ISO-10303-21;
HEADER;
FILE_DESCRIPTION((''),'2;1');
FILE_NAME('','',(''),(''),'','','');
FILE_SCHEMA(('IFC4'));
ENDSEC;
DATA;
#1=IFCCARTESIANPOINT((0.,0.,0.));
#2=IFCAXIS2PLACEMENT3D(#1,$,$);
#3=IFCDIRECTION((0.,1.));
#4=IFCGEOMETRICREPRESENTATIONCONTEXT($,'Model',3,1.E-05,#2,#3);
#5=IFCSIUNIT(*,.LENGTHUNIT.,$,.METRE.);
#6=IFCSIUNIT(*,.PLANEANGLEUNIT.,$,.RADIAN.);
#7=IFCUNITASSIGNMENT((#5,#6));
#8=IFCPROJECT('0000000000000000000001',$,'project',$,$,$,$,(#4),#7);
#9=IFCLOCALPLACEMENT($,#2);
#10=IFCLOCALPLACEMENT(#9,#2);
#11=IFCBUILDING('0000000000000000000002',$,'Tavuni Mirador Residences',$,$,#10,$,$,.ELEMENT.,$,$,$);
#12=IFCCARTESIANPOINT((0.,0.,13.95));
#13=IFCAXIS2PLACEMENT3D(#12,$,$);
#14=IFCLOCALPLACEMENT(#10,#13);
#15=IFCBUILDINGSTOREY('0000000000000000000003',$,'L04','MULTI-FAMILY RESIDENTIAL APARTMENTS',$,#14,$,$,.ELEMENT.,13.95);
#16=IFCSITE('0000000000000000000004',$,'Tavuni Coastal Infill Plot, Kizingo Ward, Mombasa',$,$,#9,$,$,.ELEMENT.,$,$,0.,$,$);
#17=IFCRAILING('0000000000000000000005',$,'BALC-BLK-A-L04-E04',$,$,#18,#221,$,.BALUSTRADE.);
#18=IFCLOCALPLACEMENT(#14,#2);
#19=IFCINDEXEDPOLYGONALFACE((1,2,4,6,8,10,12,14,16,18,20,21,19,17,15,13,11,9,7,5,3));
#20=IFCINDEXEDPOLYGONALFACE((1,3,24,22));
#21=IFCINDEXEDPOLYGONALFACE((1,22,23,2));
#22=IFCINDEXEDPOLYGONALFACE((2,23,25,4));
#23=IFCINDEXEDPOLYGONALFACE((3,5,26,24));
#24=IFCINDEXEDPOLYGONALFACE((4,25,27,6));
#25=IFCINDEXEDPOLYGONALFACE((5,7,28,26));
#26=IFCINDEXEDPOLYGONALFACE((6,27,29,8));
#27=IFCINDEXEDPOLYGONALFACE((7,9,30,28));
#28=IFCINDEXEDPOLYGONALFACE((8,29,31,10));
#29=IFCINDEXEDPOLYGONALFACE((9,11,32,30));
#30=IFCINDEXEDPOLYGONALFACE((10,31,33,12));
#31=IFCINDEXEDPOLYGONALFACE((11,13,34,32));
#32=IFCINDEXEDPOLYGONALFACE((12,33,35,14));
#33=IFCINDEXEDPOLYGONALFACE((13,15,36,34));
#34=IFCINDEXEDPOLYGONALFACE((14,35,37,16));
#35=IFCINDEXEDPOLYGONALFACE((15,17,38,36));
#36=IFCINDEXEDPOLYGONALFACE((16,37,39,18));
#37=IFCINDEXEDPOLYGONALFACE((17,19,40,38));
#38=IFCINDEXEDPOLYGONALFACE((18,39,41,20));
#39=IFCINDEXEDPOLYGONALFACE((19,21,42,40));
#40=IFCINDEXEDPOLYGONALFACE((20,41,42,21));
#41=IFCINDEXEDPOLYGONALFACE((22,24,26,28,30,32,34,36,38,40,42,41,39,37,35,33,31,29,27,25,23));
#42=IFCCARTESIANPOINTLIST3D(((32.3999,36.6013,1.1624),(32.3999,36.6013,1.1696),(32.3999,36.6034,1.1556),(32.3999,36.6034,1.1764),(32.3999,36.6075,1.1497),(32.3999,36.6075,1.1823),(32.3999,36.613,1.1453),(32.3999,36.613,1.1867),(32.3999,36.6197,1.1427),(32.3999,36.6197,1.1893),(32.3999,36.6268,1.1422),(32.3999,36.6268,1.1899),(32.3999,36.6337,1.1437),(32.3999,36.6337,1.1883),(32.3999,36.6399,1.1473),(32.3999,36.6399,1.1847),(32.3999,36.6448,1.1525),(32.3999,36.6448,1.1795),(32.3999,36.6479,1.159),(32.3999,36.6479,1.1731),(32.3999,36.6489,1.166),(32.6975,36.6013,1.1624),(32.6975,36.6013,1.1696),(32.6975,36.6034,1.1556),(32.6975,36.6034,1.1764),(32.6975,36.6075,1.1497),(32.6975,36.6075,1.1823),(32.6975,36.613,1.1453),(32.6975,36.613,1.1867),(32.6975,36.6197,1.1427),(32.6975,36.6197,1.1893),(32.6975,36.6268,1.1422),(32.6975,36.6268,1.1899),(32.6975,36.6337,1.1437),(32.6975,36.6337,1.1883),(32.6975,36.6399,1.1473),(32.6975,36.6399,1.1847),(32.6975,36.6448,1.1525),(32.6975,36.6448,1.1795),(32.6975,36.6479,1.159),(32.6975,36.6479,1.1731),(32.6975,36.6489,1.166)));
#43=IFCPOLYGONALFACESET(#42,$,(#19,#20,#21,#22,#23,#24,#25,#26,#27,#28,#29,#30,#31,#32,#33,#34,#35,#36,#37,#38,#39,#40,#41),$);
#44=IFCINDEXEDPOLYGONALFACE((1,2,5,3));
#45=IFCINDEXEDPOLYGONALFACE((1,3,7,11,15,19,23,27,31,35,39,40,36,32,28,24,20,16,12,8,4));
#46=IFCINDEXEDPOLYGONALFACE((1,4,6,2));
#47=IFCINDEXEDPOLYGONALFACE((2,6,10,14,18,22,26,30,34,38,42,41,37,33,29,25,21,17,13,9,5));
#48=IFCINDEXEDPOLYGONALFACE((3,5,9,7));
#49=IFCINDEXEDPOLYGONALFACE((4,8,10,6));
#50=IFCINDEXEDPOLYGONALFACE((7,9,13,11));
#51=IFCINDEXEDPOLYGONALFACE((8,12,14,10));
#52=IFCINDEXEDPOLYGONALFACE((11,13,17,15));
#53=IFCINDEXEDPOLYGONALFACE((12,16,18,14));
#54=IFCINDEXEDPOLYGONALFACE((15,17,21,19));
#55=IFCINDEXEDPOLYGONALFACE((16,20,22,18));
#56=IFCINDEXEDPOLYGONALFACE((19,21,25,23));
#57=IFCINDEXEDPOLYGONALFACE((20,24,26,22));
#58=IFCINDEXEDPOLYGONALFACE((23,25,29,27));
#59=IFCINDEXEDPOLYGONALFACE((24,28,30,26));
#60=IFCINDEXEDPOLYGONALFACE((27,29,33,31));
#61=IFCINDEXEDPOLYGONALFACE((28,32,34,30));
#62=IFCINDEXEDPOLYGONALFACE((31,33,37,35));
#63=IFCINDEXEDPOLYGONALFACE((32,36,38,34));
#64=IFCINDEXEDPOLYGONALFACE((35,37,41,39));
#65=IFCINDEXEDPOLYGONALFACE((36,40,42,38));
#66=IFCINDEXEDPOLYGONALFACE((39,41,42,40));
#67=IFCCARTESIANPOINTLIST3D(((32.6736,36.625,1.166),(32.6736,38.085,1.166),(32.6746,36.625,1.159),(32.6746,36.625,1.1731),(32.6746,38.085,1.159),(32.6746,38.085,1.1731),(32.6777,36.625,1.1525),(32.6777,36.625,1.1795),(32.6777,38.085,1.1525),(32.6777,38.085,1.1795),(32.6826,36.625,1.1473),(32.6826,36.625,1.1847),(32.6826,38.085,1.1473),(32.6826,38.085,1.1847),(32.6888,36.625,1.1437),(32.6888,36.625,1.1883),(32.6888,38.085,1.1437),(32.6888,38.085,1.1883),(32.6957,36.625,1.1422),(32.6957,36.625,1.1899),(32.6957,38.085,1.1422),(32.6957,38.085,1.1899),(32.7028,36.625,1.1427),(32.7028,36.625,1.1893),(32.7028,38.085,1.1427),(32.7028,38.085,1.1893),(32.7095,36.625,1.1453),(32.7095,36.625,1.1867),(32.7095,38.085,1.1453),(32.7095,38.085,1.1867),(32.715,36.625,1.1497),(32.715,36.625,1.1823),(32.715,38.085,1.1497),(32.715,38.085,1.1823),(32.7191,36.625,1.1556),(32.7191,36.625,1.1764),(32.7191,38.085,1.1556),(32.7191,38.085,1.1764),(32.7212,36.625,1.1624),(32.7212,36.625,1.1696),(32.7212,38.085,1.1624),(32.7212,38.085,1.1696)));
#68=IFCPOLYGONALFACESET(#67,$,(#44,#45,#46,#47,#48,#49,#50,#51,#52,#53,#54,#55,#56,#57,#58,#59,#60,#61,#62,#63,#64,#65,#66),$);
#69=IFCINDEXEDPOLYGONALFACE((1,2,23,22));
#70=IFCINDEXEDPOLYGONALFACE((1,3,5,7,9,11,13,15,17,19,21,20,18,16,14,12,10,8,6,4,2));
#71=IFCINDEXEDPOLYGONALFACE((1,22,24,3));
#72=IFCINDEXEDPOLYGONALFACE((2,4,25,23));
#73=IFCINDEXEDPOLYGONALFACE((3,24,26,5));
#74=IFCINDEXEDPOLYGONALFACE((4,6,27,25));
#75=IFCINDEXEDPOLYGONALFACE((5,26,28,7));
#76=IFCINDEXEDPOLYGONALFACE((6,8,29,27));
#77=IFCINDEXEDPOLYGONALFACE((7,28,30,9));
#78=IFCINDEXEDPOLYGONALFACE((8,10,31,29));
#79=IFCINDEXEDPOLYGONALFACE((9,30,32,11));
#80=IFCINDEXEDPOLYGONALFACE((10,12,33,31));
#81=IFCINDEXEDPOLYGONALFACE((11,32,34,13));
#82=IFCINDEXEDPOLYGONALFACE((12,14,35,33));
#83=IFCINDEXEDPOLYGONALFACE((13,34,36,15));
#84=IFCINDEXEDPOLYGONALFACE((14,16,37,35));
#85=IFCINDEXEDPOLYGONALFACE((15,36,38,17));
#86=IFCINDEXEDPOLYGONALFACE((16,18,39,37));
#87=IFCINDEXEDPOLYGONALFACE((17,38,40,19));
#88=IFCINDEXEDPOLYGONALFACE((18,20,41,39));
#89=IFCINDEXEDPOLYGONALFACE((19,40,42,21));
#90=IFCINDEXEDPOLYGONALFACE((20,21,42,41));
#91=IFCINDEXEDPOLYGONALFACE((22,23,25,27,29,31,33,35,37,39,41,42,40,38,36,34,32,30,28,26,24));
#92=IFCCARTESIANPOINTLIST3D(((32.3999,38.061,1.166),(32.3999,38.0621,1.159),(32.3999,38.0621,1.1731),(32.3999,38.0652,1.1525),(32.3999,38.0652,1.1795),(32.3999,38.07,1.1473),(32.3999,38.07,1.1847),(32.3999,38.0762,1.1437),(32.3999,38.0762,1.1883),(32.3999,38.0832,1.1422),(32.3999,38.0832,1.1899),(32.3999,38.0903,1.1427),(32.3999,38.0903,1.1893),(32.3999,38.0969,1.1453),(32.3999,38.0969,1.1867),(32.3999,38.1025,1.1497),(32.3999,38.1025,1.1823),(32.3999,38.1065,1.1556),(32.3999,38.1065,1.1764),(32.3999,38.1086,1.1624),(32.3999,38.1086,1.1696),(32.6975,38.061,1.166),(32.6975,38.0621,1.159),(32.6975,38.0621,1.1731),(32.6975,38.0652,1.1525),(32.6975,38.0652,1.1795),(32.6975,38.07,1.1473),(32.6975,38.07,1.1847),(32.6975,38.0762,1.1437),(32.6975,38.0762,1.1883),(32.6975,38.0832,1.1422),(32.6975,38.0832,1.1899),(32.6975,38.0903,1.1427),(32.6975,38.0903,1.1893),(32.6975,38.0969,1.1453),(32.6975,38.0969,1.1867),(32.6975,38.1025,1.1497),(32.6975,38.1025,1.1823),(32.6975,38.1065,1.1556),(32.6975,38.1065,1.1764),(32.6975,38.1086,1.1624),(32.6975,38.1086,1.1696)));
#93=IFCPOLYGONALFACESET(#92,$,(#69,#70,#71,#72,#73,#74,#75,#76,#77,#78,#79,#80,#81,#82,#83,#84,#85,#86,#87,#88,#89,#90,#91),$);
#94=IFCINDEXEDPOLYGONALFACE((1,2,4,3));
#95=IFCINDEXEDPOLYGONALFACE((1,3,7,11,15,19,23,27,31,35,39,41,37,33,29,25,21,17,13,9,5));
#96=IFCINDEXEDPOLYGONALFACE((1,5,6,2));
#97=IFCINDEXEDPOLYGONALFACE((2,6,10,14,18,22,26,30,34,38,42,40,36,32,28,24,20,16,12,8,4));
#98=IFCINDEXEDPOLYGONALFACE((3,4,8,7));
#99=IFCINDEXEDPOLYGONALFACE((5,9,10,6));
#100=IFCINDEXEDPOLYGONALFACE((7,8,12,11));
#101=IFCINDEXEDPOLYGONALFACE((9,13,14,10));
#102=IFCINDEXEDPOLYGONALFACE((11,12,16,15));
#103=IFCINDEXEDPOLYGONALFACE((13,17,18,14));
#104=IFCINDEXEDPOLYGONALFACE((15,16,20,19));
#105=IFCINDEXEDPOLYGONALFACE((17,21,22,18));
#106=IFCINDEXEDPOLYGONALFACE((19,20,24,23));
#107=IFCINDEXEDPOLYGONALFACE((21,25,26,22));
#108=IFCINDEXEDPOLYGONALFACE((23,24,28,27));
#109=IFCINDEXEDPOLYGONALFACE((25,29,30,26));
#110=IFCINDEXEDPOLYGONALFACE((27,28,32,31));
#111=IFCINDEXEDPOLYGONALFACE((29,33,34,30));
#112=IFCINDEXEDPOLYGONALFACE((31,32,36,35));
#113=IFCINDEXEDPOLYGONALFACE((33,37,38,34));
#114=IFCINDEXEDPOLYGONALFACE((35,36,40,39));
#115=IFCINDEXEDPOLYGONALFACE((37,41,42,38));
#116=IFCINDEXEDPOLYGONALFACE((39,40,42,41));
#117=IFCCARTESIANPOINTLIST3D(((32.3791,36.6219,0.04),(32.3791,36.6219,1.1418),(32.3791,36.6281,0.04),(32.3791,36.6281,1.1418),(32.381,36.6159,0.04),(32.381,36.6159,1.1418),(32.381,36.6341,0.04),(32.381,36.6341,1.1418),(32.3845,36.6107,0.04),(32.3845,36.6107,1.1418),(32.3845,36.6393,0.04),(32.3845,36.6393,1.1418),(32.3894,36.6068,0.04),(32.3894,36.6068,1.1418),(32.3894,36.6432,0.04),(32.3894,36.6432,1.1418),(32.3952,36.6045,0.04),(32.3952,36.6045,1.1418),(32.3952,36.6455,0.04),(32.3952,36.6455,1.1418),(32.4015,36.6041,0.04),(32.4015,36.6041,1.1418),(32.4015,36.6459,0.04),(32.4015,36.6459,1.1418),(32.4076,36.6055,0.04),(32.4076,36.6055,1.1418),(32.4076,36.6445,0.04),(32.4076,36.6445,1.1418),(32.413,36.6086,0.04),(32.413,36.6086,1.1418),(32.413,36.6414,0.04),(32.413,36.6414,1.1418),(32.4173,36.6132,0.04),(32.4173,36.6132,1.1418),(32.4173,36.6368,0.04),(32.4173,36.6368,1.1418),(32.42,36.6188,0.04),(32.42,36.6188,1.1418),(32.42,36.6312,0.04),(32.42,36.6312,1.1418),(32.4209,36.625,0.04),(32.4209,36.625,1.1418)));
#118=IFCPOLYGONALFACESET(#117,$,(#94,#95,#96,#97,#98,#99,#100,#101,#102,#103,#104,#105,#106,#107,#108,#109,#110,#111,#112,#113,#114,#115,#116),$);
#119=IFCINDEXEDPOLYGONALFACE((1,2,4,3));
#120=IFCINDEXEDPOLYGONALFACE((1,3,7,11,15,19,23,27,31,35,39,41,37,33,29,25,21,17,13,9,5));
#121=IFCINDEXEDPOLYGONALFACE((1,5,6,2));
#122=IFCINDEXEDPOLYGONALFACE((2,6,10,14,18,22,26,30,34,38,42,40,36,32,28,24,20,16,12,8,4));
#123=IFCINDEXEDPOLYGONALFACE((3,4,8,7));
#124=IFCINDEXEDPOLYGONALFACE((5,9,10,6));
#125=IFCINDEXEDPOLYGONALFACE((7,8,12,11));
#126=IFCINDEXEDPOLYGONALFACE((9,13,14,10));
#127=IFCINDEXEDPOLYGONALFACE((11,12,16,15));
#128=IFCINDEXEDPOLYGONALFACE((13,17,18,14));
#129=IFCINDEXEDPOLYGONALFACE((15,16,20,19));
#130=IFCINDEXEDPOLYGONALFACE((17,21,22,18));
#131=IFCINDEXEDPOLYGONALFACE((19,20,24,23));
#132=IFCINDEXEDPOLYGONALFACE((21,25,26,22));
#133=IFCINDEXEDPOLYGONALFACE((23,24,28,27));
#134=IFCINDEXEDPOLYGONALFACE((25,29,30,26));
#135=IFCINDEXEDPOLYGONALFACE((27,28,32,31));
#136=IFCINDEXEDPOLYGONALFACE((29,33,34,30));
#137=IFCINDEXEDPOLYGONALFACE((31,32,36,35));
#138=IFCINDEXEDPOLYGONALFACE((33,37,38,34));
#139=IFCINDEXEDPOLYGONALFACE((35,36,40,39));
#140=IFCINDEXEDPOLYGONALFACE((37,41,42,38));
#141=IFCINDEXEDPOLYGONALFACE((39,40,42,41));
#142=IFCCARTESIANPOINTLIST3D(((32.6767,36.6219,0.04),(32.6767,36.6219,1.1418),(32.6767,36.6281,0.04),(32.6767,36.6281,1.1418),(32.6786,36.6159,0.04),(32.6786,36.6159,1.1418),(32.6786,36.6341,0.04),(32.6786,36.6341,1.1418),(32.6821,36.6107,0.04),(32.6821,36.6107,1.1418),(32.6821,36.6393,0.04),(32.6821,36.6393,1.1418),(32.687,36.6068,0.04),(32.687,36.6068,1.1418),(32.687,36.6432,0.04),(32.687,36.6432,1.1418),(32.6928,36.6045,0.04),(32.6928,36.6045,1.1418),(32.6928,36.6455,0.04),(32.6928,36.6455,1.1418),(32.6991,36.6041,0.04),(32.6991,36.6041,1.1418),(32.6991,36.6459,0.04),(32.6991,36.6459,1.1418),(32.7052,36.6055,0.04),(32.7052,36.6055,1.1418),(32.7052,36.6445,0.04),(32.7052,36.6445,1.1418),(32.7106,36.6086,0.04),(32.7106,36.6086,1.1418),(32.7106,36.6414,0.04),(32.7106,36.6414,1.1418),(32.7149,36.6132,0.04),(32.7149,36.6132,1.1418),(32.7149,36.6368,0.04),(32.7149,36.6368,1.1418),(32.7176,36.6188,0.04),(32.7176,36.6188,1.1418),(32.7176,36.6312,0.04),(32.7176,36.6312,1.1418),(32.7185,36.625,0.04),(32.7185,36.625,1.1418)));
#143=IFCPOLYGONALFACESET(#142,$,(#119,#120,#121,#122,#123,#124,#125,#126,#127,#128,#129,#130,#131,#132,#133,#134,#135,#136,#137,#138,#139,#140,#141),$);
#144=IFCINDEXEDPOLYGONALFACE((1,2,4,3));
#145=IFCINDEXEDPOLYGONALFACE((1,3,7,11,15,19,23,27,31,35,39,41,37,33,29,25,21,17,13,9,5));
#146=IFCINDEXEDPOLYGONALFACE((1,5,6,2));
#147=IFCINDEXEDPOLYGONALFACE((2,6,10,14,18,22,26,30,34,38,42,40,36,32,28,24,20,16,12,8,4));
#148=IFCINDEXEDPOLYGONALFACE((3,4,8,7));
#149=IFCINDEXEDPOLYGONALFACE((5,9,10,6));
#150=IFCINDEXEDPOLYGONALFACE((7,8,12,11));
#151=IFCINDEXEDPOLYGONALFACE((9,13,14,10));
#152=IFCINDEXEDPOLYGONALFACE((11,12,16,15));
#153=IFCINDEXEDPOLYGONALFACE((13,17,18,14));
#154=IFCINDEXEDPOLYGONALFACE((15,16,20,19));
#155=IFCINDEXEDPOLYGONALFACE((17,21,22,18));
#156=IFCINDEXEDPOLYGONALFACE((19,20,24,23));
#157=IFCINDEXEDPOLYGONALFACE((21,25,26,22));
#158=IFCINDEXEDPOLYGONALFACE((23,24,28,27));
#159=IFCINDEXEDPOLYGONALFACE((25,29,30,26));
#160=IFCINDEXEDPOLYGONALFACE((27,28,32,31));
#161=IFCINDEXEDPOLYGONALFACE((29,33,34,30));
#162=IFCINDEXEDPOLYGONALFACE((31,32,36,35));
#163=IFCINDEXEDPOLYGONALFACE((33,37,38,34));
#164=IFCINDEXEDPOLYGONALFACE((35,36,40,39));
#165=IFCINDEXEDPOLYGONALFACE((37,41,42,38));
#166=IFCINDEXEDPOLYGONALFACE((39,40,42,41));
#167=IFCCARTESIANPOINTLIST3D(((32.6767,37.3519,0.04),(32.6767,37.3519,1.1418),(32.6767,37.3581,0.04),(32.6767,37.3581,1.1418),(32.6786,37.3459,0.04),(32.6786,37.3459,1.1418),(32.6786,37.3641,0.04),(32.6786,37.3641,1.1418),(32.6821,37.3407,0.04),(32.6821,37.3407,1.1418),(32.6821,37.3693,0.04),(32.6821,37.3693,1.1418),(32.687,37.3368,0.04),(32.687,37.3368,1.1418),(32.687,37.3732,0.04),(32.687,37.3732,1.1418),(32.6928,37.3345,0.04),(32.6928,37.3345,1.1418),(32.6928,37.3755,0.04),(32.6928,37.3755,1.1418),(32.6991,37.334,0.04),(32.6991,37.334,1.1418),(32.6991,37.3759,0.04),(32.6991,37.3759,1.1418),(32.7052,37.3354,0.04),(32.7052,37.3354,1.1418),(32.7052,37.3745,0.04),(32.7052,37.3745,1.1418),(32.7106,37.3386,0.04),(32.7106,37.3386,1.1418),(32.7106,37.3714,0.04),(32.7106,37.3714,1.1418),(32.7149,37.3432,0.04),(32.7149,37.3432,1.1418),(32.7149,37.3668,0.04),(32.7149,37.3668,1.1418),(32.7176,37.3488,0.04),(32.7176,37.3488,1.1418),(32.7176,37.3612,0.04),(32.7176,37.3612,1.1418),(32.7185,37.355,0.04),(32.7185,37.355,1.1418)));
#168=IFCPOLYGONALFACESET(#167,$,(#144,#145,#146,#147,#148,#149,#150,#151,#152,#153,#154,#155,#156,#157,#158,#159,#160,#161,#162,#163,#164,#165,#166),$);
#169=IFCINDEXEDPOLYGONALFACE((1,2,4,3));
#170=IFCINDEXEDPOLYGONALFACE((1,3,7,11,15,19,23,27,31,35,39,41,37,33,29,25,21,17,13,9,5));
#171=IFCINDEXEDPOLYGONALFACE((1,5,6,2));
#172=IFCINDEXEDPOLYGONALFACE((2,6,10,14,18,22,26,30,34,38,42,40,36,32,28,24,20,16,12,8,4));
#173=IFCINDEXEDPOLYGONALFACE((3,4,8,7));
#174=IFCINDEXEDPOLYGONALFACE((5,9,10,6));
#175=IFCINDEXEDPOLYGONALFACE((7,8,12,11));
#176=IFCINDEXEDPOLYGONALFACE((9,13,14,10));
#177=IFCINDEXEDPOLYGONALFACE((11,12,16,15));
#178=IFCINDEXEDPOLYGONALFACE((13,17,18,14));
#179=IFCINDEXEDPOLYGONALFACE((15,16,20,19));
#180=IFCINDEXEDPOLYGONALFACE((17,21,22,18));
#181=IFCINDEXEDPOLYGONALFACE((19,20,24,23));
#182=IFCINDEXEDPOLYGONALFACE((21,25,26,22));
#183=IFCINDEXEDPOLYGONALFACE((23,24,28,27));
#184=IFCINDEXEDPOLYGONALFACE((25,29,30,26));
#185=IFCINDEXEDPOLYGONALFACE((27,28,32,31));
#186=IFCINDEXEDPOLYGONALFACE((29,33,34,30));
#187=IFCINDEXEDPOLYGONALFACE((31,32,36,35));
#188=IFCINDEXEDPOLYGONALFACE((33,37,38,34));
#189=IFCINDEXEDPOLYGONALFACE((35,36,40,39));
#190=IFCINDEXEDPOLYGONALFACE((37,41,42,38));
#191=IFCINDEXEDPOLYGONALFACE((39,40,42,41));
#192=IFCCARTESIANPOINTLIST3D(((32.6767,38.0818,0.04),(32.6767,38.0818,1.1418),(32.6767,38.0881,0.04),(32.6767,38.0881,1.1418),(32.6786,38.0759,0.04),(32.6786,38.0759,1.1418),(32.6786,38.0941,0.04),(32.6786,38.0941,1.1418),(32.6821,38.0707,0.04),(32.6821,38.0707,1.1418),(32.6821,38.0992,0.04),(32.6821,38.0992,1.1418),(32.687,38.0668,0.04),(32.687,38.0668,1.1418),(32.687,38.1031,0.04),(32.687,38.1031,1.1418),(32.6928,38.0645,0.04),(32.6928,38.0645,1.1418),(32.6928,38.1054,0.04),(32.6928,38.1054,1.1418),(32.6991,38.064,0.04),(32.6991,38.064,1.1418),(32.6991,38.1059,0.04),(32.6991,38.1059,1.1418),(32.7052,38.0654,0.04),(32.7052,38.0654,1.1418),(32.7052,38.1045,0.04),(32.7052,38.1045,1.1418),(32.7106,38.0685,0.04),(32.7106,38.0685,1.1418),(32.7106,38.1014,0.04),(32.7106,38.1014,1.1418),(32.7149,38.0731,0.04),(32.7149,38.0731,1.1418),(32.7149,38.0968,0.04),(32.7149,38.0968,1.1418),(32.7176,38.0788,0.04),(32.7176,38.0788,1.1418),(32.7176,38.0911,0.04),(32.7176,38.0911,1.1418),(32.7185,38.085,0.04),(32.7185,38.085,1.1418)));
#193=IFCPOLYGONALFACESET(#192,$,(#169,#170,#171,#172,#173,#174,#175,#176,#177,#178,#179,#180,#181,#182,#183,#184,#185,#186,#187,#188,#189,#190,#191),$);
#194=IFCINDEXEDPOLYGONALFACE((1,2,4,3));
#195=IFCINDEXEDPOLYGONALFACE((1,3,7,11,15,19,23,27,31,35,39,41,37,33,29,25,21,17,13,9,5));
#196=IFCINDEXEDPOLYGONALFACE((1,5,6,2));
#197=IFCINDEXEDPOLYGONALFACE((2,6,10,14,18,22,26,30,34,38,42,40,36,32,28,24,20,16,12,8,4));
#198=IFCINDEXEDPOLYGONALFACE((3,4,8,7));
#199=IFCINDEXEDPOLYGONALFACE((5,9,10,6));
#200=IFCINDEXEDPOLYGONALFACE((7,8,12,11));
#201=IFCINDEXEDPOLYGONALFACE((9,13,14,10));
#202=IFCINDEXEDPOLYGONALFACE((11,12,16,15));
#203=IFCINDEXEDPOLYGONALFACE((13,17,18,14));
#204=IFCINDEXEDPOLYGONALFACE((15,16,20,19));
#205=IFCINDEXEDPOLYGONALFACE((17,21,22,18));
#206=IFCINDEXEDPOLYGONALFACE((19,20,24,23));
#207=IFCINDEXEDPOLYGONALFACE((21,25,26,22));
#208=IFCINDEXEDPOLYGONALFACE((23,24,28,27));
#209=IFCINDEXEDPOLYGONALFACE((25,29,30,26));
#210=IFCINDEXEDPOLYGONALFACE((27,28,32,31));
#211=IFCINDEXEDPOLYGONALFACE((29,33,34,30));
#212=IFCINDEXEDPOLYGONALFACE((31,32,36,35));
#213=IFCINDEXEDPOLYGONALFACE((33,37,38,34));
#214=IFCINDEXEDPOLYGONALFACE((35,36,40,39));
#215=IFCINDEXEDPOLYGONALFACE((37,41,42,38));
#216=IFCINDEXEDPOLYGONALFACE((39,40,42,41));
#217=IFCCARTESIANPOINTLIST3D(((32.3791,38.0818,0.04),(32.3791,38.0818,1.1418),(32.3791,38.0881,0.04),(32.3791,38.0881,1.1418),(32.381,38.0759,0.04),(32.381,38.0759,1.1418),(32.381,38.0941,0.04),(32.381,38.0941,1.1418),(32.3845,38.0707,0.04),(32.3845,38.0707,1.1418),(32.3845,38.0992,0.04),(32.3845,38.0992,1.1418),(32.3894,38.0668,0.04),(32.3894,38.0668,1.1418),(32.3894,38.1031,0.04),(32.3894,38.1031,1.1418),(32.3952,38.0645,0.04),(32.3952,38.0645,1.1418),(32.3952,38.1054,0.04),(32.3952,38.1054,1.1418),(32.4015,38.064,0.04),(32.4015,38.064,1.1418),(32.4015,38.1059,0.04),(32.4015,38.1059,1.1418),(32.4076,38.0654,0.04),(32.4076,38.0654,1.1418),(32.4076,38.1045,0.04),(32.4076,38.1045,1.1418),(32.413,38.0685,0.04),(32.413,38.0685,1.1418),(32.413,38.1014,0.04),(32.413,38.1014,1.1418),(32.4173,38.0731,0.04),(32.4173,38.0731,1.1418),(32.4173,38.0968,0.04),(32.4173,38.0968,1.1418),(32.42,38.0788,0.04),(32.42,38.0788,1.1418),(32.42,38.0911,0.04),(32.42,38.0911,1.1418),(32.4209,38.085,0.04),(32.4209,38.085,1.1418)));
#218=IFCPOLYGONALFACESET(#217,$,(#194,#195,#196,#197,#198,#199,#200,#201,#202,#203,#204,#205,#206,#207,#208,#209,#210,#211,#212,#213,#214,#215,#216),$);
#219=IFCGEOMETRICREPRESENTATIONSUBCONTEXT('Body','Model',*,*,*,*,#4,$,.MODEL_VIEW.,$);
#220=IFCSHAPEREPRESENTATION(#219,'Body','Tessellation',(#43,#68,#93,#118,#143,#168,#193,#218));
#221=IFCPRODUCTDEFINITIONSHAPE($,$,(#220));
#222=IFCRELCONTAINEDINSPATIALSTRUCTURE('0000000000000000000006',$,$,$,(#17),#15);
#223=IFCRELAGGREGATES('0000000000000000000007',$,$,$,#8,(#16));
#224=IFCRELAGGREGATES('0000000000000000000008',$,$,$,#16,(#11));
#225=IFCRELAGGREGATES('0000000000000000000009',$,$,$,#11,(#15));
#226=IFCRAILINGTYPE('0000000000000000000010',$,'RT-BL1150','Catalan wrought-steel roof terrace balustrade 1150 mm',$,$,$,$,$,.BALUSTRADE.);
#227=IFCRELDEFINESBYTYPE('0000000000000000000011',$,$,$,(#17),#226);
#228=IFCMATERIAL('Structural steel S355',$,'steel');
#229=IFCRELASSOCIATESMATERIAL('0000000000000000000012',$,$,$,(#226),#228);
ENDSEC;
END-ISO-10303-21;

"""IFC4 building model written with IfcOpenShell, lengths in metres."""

from ifc_helpers import new_model, si_unit, direction, frame, origin, origin_2d, place, context, subcontext, project, spatial, circle, extrude, material, type_object, element, save


model = new_model("IFC4")

# Units and contexts
model_context = context("Model", 3, precision=1e-05, world=origin(), true_north=direction((0.0, 1.0)))
body_context = subcontext(model_context, "Body", "Model", "MODEL_VIEW")
ifc_project = project(units=[si_unit("LENGTHUNIT", "METRE"), si_unit("PLANEANGLEUNIT", "RADIAN")], contexts=[model_context])

# Site, building, storey
site_placement = place(None, origin())
site = spatial("IfcSite", under=ifc_project, at=site_placement, Name="Tavuni Coastal Infill Plot, Kizingo Ward, Mombasa", CompositionType="ELEMENT", RefElevation=0.0)
building_placement = place(site_placement, origin())
building = spatial("IfcBuilding", under=site, at=building_placement, Name="Tavuni Mirador Residences", CompositionType="ELEMENT")
storey_placement = place(building_placement, frame((0.0, 0.0, 13.95)))
storey = spatial("IfcBuildingStorey", under=building, at=storey_placement, Name="L04", Description="MULTI-FAMILY RESIDENTIAL APARTMENTS", CompositionType="ELEMENT", Elevation=13.95)

# Railing
ifc_material_1 = material(Name="Structural steel S355", Category="steel")
railing_type = type_object("IfcRailingType", Name="RT-BL1150", Description="Catalan wrought-steel roof terrace balustrade 1150 mm", PredefinedType="BALUSTRADE", material=ifc_material_1)
railing_placement = place(storey_placement, frame((32.3999, 36.625, 0.04)))
element("IfcRailing", 1, at=railing_placement, inside=storey, type_object=railing_type, Name="BALC-BLK-A-L04-E04", PredefinedType="BALUSTRADE", context=body_context, shape_type="SweptSolid", body=[
    extrude(circle(Radius=0.0239, at=origin_2d()), frame((0.0, 0.0, 1.126), z_axis=(1.0, 0.0, 0.0), x_axis=(0.0, 1.0, 0.0)), (0.0, 0.0, 1.0), 0.2976),
    extrude(circle(Radius=0.0239, at=origin_2d()), frame((0.2976, 0.0, 1.126), z_axis=(0.0, 1.0, 0.0), x_axis=(-1.0, 0.0, 0.0)), (0.0, 0.0, 1.0), 1.46),
    extrude(circle(Radius=0.0239, at=origin_2d()), frame((0.2976, 1.46, 1.126), z_axis=(-1.0, 0.0, 0.0), x_axis=(0.0, -1.0, 0.0)), (0.0, 0.0, 1.0), 0.2976),
    extrude(circle(Radius=0.021, at=origin_2d()), origin(), (0.0, 0.0, 1.0), 1.1018),
    extrude(circle(Radius=0.021, at=origin_2d()), frame((0.2976, 0.0, 0.0)), (0.0, 0.0, 1.0), 1.1018),
    extrude(circle(Radius=0.021, at=origin_2d()), frame((0.2976, 0.73, 0.0)), (0.0, 0.0, 1.0), 1.1018),
    extrude(circle(Radius=0.021, at=origin_2d()), frame((0.2976, 1.46, 0.0)), (0.0, 0.0, 1.0), 1.1018),
    extrude(circle(Radius=0.021, at=origin_2d()), frame((0.0, 1.46, 0.0)), (0.0, 0.0, 1.0), 1.1018),
])

save(model, "model.ifc")
